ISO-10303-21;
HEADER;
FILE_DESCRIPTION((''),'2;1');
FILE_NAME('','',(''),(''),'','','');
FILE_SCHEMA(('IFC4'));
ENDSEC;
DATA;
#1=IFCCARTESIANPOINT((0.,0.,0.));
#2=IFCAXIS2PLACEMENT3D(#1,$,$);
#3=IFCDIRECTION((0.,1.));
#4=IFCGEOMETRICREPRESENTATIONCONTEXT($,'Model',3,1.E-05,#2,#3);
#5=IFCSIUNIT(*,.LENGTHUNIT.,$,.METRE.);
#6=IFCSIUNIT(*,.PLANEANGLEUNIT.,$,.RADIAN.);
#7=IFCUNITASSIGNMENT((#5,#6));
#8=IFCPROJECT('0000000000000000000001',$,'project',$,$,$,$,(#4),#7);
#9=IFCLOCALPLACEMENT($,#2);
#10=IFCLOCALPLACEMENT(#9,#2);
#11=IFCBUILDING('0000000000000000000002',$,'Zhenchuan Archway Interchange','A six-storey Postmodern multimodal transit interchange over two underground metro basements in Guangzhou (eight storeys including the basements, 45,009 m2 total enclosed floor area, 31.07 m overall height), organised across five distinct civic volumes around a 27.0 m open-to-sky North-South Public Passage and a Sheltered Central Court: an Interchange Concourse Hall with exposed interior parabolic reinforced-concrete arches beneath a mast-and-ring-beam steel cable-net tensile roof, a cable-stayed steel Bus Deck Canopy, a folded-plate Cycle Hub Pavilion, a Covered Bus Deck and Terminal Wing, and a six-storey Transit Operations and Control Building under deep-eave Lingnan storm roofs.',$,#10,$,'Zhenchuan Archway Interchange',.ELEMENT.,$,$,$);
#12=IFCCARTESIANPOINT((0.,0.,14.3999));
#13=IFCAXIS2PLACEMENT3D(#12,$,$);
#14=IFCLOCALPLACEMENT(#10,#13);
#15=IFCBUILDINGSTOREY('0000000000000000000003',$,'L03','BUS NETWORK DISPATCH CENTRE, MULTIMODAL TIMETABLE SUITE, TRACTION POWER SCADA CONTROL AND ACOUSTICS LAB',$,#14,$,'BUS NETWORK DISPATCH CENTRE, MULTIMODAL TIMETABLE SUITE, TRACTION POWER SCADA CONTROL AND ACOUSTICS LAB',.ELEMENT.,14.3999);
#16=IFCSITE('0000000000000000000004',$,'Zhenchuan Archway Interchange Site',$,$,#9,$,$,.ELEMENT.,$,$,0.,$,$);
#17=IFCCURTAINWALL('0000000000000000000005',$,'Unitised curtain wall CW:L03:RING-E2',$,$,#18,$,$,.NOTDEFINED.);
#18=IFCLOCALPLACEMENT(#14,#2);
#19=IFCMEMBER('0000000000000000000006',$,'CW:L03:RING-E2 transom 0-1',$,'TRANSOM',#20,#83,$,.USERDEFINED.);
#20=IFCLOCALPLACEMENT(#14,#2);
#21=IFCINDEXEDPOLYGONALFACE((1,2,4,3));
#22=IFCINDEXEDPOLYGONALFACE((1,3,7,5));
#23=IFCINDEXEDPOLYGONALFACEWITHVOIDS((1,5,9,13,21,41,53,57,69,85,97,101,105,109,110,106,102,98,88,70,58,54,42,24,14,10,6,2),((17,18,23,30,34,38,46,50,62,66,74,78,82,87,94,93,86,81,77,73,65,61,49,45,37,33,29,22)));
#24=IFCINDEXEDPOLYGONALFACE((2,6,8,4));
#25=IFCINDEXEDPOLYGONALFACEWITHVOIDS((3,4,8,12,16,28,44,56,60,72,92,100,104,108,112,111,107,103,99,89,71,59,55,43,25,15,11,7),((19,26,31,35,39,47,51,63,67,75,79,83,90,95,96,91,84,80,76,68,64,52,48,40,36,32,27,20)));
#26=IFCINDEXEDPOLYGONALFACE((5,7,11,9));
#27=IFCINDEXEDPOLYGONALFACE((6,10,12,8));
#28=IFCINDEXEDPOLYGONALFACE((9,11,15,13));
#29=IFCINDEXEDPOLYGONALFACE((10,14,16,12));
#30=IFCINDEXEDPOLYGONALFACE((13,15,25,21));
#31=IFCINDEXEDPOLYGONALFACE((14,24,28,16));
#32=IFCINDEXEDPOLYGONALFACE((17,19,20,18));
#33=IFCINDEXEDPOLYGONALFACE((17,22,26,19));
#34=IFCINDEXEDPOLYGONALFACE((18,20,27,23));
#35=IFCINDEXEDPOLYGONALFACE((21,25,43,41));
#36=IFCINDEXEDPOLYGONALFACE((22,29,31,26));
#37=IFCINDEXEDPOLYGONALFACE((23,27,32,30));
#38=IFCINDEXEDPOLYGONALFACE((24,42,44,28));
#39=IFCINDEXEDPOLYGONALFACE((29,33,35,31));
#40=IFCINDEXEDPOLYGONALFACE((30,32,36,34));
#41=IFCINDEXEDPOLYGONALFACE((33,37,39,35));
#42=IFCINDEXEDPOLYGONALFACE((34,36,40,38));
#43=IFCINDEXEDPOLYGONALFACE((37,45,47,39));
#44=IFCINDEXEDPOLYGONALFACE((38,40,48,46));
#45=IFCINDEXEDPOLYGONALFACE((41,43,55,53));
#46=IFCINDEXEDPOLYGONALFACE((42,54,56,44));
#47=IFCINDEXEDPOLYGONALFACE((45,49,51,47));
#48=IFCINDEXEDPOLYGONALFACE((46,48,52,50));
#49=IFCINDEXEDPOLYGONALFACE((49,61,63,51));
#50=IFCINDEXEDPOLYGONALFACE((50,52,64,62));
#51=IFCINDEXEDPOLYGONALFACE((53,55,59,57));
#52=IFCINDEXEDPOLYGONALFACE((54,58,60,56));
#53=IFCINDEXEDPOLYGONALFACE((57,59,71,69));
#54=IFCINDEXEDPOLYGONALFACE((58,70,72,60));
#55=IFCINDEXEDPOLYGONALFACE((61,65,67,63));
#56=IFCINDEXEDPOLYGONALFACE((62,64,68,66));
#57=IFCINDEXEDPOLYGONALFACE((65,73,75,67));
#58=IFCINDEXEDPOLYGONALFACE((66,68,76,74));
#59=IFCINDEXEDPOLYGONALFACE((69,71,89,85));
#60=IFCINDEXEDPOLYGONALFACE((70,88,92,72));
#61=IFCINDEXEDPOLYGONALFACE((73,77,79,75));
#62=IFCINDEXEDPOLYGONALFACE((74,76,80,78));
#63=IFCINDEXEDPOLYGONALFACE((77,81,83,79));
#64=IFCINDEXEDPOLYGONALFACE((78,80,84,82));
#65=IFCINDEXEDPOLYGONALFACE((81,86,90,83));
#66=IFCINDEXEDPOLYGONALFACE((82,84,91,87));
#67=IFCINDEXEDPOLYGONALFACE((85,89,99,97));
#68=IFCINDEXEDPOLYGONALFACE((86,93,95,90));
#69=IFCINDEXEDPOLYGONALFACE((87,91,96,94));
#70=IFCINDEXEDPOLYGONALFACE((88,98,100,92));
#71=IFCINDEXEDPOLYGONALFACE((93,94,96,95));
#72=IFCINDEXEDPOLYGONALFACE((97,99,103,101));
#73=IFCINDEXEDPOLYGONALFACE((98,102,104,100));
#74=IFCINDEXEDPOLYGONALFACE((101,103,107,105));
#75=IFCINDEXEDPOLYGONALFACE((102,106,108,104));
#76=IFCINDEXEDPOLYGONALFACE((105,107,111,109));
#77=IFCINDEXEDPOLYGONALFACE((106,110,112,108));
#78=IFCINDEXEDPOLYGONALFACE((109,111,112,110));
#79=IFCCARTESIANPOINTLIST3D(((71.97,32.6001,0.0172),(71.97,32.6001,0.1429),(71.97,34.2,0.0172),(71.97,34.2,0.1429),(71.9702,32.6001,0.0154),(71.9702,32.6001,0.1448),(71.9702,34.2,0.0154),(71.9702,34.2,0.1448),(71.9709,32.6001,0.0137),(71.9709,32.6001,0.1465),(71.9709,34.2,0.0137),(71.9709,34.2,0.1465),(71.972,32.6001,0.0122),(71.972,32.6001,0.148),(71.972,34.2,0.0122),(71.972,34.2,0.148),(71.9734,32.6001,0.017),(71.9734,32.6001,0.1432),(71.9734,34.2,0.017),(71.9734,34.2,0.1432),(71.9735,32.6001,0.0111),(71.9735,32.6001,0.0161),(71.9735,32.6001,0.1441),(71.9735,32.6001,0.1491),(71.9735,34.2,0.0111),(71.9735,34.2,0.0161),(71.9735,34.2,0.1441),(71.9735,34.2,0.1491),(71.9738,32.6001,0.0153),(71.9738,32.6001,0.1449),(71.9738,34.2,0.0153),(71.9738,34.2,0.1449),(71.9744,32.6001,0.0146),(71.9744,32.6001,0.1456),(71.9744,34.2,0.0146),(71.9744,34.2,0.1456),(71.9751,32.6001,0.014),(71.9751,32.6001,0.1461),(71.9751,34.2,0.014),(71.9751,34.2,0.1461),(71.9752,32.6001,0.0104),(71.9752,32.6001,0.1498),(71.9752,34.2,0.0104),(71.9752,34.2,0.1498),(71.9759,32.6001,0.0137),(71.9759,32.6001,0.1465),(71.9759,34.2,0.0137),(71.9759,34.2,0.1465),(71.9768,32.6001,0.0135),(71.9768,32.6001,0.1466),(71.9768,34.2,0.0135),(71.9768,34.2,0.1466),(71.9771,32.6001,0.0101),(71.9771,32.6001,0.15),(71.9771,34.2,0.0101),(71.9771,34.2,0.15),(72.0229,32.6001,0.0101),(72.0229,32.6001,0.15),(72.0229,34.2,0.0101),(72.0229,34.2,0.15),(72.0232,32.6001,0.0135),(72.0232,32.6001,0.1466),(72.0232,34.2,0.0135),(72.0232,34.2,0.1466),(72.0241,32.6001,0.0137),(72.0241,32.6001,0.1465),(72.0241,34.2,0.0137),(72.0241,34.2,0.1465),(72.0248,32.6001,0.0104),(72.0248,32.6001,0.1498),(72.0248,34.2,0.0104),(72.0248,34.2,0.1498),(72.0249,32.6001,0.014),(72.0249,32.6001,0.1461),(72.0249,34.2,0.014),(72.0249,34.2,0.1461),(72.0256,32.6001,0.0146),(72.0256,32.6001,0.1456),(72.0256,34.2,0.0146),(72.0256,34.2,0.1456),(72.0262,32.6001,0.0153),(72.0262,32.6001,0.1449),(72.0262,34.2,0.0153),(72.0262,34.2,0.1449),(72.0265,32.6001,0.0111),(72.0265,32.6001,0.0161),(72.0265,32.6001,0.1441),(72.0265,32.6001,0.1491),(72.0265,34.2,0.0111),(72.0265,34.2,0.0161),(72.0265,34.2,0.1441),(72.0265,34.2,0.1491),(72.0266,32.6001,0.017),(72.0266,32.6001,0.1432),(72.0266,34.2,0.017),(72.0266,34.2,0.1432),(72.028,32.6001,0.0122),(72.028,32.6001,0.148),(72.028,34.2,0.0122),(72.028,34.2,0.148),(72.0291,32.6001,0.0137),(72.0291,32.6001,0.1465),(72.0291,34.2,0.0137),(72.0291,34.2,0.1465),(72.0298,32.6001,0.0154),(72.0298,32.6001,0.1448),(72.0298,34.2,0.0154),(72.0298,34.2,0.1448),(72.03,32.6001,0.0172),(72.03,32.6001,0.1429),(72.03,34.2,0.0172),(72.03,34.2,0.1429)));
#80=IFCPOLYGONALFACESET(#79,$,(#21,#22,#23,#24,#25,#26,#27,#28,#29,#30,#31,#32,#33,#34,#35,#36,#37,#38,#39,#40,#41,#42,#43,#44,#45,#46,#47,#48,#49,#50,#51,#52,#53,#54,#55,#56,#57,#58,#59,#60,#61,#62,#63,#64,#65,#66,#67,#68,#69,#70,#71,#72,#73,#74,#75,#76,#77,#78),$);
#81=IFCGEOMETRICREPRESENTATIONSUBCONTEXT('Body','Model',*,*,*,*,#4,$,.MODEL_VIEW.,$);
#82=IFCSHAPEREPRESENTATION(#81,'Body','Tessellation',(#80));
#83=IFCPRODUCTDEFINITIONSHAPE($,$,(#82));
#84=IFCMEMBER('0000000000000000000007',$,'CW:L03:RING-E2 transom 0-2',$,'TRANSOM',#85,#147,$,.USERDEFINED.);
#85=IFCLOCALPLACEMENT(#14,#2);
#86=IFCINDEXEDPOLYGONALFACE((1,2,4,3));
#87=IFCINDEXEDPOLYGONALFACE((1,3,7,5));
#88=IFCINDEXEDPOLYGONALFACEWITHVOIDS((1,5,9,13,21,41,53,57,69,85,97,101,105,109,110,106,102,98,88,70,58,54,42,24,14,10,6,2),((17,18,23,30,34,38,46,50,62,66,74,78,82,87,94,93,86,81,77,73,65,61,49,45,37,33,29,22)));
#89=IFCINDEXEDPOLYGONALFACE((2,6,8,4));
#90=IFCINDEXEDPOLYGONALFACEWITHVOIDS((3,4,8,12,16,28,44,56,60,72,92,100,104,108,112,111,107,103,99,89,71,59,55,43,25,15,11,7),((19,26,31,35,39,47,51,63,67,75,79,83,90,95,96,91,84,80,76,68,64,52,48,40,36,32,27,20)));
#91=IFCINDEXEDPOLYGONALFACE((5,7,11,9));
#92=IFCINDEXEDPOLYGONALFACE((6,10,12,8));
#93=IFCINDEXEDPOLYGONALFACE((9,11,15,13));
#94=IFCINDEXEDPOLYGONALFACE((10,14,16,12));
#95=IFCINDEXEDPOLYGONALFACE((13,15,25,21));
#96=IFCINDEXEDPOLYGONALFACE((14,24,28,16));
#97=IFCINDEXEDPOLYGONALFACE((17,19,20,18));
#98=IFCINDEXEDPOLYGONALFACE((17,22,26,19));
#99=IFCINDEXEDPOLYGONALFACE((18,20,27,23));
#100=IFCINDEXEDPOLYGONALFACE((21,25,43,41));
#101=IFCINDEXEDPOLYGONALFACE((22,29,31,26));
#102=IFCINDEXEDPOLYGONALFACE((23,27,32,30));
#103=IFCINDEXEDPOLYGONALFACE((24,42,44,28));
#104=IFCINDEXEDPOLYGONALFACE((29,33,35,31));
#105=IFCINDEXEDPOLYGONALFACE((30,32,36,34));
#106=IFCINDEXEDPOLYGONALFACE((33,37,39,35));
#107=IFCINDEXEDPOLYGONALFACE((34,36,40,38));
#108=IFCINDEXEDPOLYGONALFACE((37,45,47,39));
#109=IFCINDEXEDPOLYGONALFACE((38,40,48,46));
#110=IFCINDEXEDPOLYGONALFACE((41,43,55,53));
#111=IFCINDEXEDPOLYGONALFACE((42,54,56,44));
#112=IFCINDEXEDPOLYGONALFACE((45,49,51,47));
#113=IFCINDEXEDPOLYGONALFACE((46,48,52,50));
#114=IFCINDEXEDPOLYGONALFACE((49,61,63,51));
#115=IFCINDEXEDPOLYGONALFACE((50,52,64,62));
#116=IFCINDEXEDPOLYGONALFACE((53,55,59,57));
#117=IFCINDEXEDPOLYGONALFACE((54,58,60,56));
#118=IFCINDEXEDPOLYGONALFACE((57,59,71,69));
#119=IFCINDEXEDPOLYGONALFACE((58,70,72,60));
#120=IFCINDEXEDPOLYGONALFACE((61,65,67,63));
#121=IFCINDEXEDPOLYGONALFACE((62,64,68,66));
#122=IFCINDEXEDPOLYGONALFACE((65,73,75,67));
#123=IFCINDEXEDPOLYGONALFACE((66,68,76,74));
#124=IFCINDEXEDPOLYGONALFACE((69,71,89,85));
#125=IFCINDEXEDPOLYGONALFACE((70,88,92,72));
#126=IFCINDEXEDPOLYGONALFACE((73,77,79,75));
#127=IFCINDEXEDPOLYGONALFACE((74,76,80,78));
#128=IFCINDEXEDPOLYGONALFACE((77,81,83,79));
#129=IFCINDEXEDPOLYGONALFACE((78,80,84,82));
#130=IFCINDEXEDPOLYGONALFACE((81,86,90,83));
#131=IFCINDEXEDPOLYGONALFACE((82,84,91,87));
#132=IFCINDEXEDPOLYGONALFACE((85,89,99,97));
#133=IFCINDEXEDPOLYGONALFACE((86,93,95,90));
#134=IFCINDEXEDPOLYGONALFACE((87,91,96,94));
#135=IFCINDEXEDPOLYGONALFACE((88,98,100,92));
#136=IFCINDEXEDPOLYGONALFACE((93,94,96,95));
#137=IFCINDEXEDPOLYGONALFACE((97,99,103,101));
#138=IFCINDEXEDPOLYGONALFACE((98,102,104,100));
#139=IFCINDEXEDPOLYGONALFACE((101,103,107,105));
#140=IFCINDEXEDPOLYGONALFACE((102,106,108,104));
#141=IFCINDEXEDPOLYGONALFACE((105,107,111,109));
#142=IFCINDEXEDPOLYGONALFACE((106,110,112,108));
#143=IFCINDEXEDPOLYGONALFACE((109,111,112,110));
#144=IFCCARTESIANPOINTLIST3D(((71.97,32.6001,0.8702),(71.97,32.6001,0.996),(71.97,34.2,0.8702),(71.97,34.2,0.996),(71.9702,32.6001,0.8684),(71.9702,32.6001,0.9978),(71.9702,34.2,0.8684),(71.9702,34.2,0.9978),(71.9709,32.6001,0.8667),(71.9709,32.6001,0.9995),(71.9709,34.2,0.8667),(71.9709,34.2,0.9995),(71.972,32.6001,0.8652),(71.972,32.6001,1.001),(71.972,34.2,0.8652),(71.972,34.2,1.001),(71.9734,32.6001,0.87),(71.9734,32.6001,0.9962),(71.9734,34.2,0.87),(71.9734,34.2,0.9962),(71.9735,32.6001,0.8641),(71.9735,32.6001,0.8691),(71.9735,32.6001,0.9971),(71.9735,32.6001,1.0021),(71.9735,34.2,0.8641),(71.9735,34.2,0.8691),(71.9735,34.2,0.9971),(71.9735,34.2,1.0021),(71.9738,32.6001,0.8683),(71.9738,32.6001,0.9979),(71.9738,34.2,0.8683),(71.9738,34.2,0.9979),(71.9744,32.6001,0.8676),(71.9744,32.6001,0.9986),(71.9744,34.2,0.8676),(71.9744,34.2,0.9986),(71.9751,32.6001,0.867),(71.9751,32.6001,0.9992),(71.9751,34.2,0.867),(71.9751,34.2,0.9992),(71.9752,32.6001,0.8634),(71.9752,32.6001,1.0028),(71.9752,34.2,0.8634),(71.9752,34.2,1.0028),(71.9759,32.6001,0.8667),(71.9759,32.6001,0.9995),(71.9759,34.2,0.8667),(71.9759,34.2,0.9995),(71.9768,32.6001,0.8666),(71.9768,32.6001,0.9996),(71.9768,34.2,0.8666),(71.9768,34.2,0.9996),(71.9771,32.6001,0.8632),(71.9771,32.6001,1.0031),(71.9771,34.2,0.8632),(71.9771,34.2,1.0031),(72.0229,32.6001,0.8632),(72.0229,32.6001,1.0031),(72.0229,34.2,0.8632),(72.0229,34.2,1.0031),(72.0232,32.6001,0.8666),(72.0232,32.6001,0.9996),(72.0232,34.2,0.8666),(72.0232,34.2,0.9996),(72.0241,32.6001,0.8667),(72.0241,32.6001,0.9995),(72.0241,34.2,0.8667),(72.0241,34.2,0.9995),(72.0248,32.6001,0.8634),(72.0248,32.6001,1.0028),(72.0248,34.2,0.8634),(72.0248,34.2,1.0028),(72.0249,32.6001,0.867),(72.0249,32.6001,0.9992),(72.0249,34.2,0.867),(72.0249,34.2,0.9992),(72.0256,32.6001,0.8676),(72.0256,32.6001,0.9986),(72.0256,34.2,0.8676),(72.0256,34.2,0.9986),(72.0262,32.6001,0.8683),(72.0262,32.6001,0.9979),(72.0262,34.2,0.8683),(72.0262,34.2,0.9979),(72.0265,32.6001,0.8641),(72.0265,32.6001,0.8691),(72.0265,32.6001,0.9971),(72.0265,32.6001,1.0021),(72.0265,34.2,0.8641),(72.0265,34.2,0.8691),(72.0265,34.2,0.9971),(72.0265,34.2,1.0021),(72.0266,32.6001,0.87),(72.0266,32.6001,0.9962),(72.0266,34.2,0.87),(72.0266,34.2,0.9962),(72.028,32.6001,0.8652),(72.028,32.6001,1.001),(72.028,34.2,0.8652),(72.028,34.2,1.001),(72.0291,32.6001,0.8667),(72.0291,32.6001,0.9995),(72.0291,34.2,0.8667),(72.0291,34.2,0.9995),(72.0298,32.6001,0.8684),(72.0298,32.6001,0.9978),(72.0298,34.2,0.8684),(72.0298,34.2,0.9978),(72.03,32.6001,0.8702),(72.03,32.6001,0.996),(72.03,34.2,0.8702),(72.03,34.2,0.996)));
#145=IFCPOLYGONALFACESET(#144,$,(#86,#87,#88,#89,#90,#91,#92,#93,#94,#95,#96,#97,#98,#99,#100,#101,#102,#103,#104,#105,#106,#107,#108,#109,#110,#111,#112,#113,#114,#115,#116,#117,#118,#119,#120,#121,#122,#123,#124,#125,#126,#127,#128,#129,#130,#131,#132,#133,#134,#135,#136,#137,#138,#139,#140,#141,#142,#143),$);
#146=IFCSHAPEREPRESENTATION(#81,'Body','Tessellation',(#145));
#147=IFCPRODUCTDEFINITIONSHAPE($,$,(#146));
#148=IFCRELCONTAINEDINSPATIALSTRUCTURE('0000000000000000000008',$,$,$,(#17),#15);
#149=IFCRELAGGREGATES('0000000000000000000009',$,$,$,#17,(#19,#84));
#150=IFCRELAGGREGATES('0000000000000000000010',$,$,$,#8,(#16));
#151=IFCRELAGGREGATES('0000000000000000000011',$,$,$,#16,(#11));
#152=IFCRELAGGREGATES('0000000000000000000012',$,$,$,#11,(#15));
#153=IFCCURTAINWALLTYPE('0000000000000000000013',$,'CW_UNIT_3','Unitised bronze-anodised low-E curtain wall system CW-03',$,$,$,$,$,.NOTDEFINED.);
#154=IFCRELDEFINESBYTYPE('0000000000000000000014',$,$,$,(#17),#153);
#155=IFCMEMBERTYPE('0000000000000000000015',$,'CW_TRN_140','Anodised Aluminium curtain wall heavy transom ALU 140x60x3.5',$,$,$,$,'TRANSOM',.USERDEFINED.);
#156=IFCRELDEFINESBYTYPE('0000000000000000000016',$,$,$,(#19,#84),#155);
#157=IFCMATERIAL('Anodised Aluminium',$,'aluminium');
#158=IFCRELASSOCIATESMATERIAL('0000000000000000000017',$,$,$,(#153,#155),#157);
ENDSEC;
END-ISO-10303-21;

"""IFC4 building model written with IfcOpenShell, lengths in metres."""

from ifc_helpers import new_model, si_unit, direction, frame, origin, origin_2d, place, context, subcontext, project, spatial, hollow_rectangle, extrude, material, material_profile, profile_set, type_object, element, aggregate, save


model = new_model("IFC4")

# Units and contexts
model_context = context("Model", 3, precision=1e-05, world=origin(), true_north=direction((0.0, 1.0)))
body_context = subcontext(model_context, "Body", "Model", "MODEL_VIEW")
ifc_project = project(units=[si_unit("LENGTHUNIT", "METRE"), si_unit("PLANEANGLEUNIT", "RADIAN")], contexts=[model_context])

# Site, building, storey
site_placement = place(None, origin())
site = spatial("IfcSite", under=ifc_project, at=site_placement, Name="Zhenchuan Archway Interchange Site", CompositionType="ELEMENT", RefElevation=0.0)
building_placement = place(site_placement, origin())
building = spatial("IfcBuilding", under=site, at=building_placement, Name="Zhenchuan Archway Interchange", Description="A six-storey Postmodern multimodal transit interchange over two underground metro basements in Guangzhou (eight storeys including the basements, 45,009 m2 total enclosed floor area, 31.07 m overall height), organised across five distinct civic volumes around a 27.0 m open-to-sky North-South Public Passage and a Sheltered Central Court: an Interchange Concourse Hall with exposed interior parabolic reinforced-concrete arches beneath a mast-and-ring-beam steel cable-net tensile roof, a cable-stayed steel Bus Deck Canopy, a folded-plate Cycle Hub Pavilion, a Covered Bus Deck and Terminal Wing, and a six-storey Transit Operations and Control Building under deep-eave Lingnan storm roofs.", LongName="Zhenchuan Archway Interchange", CompositionType="ELEMENT")
storey_placement = place(building_placement, frame((0.0, 0.0, 14.3999)))
storey = spatial("IfcBuildingStorey", under=building, at=storey_placement, Name="L03", Description="BUS NETWORK DISPATCH CENTRE, MULTIMODAL TIMETABLE SUITE, TRACTION POWER SCADA CONTROL AND ACOUSTICS LAB", LongName="BUS NETWORK DISPATCH CENTRE, MULTIMODAL TIMETABLE SUITE, TRACTION POWER SCADA CONTROL AND ACOUSTICS LAB", CompositionType="ELEMENT", Elevation=14.3999)

# Curtain wall
ifc_material_1 = material(Name="Anodised Aluminium", Category="aluminium")
curtain_wall_type = type_object("IfcCurtainWallType", Name="CW_UNIT_3", Description="Unitised bronze-anodised low-E curtain wall system CW-03", PredefinedType="NOTDEFINED", material=ifc_material_1)
curtain_wall_1_placement = place(storey_placement, origin())
curtain_wall_1 = element("IfcCurtainWall", 1, at=curtain_wall_1_placement, inside=storey, type_object=curtain_wall_type, Name="Unitised curtain wall CW:L03:RING-E2", PredefinedType="NOTDEFINED")

# Members
ifc_material_profile_1 = material_profile(ifc_material_1, hollow_rectangle(XDim=0.0601, YDim=0.1399, WallThickness=0.0034, InnerFilletRadius=0.0034, OuterFilletRadius=0.0071, at=origin_2d()), Name="ALU 140x60x3.5")
ifc_profile_set_1 = profile_set([ifc_material_profile_1], Name="Anodised Aluminium")
member_type_1 = type_object("IfcMemberType", Name="CW_TRN_140", Description="Anodised Aluminium curtain wall heavy transom ALU 140x60x3.5", ElementType="TRANSOM", PredefinedType="USERDEFINED", material=ifc_profile_set_1)
member_1_placement = place(storey_placement, frame((72.0, 32.6001, 0.0801), z_axis=(0.0, 1.0, 0.0), x_axis=(-1.0, 0.0, 0.0)))
member_1 = element("IfcMember", 2, at=member_1_placement, type_object=member_type_1, Name="CW:L03:RING-E2 transom 0-1", ObjectType="TRANSOM", PredefinedType="USERDEFINED", context=body_context, shape_type="SweptSolid", body=[
    extrude(hollow_rectangle(XDim=0.0601, YDim=0.1399, WallThickness=0.0034, InnerFilletRadius=0.0034, OuterFilletRadius=0.0071, at=origin_2d()), origin(), (0.0, 0.0, 1.0), 1.5999),
])
member_2_placement = place(storey_placement, frame((72.0, 32.6001, 0.9331), z_axis=(0.0, 1.0, 0.0), x_axis=(-1.0, 0.0, 0.0)))
member_2 = element("IfcMember", 3, at=member_2_placement, type_object=member_type_1, Name="CW:L03:RING-E2 transom 0-2", ObjectType="TRANSOM", PredefinedType="USERDEFINED", context=body_context, shape_type="SweptSolid", body=[
    extrude(hollow_rectangle(XDim=0.0601, YDim=0.1399, WallThickness=0.0034, InnerFilletRadius=0.0034, OuterFilletRadius=0.0071, at=origin_2d()), origin(), (0.0, 0.0, 1.0), 1.5999),
])

aggregate(curtain_wall_1, [member_1, member_2])

save(model, "model.ifc")
